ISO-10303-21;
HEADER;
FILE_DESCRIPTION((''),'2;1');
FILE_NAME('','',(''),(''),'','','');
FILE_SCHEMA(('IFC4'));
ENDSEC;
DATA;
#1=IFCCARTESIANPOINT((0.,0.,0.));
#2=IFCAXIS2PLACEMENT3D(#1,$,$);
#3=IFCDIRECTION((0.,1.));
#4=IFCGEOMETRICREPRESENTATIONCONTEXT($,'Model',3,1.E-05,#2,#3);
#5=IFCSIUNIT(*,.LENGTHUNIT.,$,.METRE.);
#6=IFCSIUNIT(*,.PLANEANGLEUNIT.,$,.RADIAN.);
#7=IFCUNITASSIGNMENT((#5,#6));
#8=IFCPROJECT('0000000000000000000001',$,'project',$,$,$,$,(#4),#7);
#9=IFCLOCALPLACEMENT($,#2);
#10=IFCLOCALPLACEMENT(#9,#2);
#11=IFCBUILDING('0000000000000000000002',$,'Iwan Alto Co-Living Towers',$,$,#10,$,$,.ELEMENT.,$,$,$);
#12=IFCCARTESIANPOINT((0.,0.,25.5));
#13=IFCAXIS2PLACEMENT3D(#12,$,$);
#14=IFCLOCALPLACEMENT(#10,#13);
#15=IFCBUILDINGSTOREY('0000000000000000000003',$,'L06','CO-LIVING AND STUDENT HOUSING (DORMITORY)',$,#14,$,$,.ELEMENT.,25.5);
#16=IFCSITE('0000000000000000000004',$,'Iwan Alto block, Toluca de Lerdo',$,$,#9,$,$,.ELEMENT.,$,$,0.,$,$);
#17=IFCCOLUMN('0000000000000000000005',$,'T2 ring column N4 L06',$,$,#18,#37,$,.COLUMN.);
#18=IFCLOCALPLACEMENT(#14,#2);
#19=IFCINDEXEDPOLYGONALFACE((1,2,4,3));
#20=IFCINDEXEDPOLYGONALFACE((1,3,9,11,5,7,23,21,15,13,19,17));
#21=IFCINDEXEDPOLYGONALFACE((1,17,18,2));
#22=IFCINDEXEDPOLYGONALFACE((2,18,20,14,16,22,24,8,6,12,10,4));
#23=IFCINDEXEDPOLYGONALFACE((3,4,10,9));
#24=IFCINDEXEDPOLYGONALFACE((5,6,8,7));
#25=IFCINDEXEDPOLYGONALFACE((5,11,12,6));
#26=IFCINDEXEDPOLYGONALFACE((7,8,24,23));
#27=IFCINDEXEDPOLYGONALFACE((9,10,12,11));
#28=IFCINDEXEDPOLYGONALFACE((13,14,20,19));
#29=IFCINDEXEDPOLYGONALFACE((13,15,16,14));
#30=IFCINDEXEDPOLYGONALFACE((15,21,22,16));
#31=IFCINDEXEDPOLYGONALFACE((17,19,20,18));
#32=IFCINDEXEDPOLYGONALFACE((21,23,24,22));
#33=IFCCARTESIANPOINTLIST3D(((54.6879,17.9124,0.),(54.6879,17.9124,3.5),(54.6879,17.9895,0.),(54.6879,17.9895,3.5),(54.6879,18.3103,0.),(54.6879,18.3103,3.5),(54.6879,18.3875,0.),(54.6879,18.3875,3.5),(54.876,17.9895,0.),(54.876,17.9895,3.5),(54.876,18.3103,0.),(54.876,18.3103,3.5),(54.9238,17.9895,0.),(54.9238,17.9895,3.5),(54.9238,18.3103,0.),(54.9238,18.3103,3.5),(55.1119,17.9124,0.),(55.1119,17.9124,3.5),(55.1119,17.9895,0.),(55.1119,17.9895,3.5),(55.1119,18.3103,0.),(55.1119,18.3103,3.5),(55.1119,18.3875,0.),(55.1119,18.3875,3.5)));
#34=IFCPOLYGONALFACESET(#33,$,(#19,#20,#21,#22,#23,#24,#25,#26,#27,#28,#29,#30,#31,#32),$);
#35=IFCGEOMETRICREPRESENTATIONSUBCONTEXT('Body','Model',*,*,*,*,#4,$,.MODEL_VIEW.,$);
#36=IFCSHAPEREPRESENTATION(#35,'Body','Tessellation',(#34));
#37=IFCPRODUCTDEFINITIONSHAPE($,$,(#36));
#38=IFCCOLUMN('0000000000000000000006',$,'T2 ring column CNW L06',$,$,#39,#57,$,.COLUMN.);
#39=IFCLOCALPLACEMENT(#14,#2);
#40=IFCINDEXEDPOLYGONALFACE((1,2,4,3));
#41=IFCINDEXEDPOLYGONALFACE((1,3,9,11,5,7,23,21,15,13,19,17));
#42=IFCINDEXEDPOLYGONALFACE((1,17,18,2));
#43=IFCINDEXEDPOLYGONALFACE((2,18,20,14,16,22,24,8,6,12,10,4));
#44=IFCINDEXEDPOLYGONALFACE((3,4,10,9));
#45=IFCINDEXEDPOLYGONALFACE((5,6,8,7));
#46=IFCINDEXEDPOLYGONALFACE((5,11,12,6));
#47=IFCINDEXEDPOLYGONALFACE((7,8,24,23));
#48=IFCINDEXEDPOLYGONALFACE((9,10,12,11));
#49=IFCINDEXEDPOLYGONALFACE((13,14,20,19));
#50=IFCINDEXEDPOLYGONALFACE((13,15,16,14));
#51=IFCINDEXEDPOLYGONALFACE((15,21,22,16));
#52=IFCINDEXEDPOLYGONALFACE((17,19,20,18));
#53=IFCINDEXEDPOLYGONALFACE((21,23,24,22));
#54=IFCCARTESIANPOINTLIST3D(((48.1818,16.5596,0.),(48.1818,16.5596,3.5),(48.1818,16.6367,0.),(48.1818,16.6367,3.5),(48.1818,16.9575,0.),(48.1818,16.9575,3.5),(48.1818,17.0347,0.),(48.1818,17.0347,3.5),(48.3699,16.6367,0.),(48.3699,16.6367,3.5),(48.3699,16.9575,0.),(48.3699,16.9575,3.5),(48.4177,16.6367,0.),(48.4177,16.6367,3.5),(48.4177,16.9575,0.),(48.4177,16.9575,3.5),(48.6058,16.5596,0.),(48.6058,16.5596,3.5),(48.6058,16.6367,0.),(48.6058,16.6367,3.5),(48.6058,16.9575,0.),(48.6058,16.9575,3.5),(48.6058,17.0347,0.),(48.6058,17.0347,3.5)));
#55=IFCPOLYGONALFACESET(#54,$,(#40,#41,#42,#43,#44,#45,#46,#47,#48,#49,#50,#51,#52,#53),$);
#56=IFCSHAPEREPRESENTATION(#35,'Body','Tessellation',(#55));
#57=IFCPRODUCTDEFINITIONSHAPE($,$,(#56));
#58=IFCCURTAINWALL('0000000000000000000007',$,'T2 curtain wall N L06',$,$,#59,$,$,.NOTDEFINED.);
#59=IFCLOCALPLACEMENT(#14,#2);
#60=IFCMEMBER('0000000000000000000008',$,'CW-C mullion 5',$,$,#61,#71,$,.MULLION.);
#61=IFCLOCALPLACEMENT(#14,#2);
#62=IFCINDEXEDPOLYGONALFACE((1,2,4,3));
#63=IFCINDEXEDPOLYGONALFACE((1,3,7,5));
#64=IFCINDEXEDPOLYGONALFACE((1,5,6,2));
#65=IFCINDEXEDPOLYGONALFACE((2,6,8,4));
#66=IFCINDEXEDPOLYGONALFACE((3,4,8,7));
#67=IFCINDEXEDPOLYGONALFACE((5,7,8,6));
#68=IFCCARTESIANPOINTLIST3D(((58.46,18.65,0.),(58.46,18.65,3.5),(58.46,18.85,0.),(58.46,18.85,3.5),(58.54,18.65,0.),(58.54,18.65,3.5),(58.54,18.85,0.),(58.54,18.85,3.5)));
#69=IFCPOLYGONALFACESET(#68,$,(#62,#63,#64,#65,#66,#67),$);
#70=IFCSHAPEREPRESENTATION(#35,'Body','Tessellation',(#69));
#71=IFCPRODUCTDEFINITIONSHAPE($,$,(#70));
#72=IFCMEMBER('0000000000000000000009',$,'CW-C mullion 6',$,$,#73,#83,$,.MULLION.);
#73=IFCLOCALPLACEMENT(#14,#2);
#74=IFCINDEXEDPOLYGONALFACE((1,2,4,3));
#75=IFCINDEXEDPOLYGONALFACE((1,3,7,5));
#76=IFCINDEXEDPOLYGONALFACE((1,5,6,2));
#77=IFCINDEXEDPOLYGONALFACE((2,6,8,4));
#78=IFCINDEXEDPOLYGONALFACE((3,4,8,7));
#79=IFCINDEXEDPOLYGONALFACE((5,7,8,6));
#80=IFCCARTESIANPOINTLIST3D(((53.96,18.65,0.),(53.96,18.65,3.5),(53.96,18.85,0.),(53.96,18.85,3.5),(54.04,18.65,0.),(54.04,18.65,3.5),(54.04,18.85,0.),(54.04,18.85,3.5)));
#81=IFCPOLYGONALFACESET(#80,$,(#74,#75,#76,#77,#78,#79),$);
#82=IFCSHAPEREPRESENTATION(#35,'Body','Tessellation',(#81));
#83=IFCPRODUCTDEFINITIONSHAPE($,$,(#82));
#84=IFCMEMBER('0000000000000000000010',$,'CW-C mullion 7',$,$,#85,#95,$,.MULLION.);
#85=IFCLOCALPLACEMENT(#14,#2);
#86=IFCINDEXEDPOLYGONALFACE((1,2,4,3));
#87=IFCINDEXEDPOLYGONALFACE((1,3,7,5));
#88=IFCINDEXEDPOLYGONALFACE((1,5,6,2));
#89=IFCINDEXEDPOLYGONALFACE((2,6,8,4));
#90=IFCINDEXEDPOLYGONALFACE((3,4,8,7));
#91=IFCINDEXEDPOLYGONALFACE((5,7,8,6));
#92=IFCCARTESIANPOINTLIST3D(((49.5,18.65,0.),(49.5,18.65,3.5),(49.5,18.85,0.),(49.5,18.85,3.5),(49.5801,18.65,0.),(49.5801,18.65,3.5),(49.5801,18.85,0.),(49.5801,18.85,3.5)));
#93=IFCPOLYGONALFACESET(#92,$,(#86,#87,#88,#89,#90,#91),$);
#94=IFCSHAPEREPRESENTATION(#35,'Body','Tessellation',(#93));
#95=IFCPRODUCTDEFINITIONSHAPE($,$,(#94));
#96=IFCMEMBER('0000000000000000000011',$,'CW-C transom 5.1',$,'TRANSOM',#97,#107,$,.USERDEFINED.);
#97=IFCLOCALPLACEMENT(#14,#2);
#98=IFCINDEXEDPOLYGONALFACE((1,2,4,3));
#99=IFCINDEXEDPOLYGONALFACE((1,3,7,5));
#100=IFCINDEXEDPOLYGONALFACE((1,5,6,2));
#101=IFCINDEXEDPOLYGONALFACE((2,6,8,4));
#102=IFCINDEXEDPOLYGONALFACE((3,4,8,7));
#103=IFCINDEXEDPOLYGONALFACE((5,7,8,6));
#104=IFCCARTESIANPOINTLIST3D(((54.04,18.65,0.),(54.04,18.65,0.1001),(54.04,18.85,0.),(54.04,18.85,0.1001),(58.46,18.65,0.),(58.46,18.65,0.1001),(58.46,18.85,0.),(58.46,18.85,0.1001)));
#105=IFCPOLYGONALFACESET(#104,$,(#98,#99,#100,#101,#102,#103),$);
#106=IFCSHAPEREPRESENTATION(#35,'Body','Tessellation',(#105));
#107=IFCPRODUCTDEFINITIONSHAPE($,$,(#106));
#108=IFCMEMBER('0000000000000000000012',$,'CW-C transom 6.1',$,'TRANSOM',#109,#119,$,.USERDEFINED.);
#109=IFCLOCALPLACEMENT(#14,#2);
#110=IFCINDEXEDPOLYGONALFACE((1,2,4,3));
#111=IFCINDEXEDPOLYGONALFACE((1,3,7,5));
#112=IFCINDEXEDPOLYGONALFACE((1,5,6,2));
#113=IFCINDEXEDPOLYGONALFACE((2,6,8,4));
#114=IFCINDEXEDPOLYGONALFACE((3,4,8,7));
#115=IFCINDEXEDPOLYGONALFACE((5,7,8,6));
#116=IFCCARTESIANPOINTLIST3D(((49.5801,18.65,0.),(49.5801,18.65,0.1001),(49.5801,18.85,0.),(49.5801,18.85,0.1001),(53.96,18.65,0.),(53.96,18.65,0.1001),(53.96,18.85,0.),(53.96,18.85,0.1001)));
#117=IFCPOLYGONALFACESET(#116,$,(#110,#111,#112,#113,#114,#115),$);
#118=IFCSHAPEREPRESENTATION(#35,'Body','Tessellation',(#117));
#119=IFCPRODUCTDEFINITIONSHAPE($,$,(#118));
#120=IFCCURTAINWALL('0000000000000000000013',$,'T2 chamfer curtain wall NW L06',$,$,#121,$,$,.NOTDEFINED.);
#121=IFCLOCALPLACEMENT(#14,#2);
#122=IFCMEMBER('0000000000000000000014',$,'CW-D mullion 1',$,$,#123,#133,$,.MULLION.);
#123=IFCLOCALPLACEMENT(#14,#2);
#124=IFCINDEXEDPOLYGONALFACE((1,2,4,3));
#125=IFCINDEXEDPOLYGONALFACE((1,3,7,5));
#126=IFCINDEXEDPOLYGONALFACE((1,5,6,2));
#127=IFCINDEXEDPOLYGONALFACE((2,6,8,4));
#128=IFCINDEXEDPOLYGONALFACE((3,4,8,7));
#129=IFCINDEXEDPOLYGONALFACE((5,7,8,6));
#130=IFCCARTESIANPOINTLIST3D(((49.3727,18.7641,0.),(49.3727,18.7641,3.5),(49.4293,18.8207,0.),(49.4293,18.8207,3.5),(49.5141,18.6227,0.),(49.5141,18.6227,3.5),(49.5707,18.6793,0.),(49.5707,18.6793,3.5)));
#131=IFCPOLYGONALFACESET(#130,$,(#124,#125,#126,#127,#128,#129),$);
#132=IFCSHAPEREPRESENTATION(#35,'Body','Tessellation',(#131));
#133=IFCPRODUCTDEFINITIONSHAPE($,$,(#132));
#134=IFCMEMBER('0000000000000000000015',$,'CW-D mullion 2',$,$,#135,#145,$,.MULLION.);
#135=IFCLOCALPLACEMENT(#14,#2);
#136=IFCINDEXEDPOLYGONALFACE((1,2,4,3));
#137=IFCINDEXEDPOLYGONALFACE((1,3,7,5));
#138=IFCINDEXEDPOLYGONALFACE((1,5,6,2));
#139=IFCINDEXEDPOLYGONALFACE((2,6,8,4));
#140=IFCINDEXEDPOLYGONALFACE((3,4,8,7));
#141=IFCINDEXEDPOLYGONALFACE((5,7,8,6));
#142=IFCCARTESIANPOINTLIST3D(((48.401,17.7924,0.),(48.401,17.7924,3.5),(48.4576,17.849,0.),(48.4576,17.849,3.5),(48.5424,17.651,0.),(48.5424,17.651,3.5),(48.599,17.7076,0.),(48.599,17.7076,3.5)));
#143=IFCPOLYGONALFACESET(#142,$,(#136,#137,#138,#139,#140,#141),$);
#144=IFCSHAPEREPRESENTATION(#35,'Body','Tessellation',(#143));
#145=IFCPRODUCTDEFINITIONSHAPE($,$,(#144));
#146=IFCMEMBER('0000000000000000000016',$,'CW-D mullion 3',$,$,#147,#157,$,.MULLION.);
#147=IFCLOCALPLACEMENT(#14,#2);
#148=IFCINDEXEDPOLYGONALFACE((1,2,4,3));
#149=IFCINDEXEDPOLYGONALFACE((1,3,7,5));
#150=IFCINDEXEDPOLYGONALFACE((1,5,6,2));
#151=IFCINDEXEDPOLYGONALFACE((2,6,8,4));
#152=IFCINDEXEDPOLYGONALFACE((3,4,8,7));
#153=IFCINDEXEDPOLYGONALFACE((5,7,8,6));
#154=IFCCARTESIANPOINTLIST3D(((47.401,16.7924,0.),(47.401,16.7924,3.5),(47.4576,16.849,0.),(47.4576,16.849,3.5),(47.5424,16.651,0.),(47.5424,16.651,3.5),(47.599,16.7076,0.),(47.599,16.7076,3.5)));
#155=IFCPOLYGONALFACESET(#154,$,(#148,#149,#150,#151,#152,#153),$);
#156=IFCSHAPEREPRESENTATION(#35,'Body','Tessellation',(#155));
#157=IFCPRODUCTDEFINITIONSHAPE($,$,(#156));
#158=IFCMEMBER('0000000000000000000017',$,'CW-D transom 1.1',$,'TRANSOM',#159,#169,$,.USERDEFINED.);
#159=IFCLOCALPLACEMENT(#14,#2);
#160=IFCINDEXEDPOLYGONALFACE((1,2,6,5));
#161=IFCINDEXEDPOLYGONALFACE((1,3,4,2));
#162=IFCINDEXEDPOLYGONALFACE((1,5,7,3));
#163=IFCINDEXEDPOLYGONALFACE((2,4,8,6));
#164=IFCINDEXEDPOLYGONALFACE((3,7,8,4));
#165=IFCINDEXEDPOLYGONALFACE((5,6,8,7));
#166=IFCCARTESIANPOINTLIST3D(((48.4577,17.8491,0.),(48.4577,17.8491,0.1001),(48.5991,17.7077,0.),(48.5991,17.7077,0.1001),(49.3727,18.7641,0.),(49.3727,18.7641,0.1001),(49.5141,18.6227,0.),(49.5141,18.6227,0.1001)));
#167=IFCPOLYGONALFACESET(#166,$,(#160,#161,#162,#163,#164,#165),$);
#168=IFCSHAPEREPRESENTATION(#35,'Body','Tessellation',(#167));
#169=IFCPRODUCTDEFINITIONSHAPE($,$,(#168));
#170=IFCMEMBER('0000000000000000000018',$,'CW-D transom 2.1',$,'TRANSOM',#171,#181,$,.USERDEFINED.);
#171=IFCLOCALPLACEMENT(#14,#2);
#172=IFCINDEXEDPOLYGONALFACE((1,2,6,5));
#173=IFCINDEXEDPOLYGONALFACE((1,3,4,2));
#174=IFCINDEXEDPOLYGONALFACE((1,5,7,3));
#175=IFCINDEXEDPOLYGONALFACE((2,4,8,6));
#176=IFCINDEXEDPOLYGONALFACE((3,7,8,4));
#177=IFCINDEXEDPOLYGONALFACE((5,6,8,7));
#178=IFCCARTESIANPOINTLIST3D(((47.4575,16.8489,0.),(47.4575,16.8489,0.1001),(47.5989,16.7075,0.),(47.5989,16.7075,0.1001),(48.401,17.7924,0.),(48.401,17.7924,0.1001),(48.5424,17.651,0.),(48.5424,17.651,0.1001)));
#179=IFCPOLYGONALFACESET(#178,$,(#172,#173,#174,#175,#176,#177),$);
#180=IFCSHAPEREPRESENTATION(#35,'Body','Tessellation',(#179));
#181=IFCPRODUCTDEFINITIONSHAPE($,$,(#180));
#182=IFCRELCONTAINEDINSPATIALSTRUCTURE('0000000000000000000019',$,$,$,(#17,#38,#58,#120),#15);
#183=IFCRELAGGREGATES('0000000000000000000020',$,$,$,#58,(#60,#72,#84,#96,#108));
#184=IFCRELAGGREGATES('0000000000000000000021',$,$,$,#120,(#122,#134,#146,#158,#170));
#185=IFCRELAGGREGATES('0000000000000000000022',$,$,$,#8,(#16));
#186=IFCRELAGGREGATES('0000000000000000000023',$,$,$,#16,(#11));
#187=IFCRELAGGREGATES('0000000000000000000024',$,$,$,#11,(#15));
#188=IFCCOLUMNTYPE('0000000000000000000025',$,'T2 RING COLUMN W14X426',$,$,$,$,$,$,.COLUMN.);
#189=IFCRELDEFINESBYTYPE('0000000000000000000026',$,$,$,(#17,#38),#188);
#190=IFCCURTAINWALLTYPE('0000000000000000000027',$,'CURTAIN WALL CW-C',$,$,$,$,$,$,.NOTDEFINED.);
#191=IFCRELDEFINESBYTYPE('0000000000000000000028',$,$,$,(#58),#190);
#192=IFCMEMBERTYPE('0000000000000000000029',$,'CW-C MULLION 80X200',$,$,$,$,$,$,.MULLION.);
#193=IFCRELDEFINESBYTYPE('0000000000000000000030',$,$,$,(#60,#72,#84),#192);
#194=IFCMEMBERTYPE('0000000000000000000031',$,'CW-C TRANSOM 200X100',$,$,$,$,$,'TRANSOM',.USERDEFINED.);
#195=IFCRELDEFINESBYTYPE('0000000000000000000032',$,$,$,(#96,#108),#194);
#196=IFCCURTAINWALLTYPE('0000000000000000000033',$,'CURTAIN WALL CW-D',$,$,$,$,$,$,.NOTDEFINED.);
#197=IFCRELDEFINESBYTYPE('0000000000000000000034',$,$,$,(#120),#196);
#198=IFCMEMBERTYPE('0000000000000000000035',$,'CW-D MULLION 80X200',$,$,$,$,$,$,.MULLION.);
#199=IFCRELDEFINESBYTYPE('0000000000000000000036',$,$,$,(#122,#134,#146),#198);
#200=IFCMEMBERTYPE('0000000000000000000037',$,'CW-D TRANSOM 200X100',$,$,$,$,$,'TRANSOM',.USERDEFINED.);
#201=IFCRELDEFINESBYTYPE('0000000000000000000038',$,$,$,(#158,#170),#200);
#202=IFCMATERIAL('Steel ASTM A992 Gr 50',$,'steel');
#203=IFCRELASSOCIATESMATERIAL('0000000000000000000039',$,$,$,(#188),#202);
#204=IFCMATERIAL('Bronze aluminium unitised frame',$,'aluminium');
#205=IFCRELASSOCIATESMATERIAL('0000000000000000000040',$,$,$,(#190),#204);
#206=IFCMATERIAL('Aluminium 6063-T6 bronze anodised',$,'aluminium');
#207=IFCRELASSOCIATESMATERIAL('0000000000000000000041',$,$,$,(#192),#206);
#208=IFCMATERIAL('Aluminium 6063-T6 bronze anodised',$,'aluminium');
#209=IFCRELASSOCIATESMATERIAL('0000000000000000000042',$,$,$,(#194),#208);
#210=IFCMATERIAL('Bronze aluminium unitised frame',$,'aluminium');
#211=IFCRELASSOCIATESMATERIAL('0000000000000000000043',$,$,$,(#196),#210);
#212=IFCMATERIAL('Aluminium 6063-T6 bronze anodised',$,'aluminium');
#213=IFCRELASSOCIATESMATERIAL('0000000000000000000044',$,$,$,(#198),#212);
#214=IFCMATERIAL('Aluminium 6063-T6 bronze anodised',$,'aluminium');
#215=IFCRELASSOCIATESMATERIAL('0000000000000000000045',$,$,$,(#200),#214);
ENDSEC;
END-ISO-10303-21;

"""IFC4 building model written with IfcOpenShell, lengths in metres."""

from ifc_helpers import new_model, si_unit, direction, frame, origin, origin_2d, place, context, subcontext, project, spatial, rectangle, i_section, extrude, material, material_profile, profile_set, type_object, element, aggregate, save


model = new_model("IFC4")

# Units and contexts
model_context = context("Model", 3, precision=1e-05, world=origin(), true_north=direction((0.0, 1.0)))
body_context = subcontext(model_context, "Body", "Model", "MODEL_VIEW")
ifc_project = project(units=[si_unit("LENGTHUNIT", "METRE"), si_unit("PLANEANGLEUNIT", "RADIAN")], contexts=[model_context])

# Site, building, storey
site_placement = place(None, origin())
site = spatial("IfcSite", under=ifc_project, at=site_placement, Name="Iwan Alto block, Toluca de Lerdo", CompositionType="ELEMENT", RefElevation=0.0)
building_placement = place(site_placement, origin())
building = spatial("IfcBuilding", under=site, at=building_placement, Name="Iwan Alto Co-Living Towers", CompositionType="ELEMENT")
storey_placement = place(building_placement, frame((0.0, 0.0, 25.5)))
storey = spatial("IfcBuildingStorey", under=building, at=storey_placement, Name="L06", Description="CO-LIVING AND STUDENT HOUSING (DORMITORY)", CompositionType="ELEMENT", Elevation=25.5)

# Columns
ifc_material_1 = material(Name="Steel ASTM A992 Gr 50", Category="steel")
ifc_material_profile_1 = material_profile(ifc_material_1, i_section(OverallWidth=0.4241, OverallDepth=0.4751, WebThickness=0.0479, FlangeThickness=0.0771, at=origin_2d()), Name="W14X426")
ifc_profile_set_1 = profile_set([ifc_material_profile_1], Name="Steel ASTM A992 Gr 50")
column_type = type_object("IfcColumnType", Name="T2 RING COLUMN W14X426", PredefinedType="COLUMN", material=ifc_profile_set_1)
for number, where, z_axis, x_axis, name in (
    (1, (54.8999, 18.1499, 0.0), (0.0, 0.0, 1.0), (1.0, 0.0, 0.0), "T2 ring column N4 L06"),
    (2, (48.3938, 16.7971, 0.0), (0.0, 0.0, 1.0), (1.0, 0.0, 0.0), "T2 ring column CNW L06"),
):
    element("IfcColumn", number, at=place(storey_placement, frame(where, z_axis=z_axis, x_axis=x_axis)), inside=storey, type_object=column_type, Name=name, PredefinedType="COLUMN", context=body_context, shape_type="SweptSolid", body=[
        extrude(i_section(OverallWidth=0.4241, OverallDepth=0.4751, WebThickness=0.0479, FlangeThickness=0.0771, at=origin_2d()), origin(), (0.0, 0.0, 1.0), 3.5),
    ])

# Curtain walls, members
ifc_material_2 = material(Name="Bronze aluminium unitised frame", Category="aluminium")
curtain_wall_type_1 = type_object("IfcCurtainWallType", Name="CURTAIN WALL CW-C", PredefinedType="NOTDEFINED", material=ifc_material_2)
curtain_wall_1_placement = place(storey_placement, origin())
curtain_wall_1 = element("IfcCurtainWall", 3, at=curtain_wall_1_placement, inside=storey, type_object=curtain_wall_type_1, Name="T2 curtain wall N L06", PredefinedType="NOTDEFINED")
ifc_material_3 = material(Name="Aluminium 6063-T6 bronze anodised", Category="aluminium")
ifc_material_profile_2 = material_profile(ifc_material_3, rectangle(XDim=0.2, YDim=0.0801, at=origin_2d()), Name="AL 80X200")
ifc_profile_set_2 = profile_set([ifc_material_profile_2], Name="Aluminium 6063-T6 bronze anodised")
member_type_1 = type_object("IfcMemberType", Name="CW-C MULLION 80X200", PredefinedType="MULLION", material=ifc_profile_set_2)
member_1_placement = place(storey_placement, frame((58.5, 18.75, 0.0), z_axis=(0.0, 0.0, 1.0), x_axis=(0.0, -1.0, 0.0)))
member_1 = element("IfcMember", 4, at=member_1_placement, type_object=member_type_1, Name="CW-C mullion 5", PredefinedType="MULLION", context=body_context, shape_type="SweptSolid", body=[
    extrude(rectangle(XDim=0.2, YDim=0.0801, at=origin_2d()), origin(), (0.0, 0.0, 1.0), 3.5),
])
member_2_placement = place(storey_placement, frame((54.0, 18.75, 0.0), z_axis=(0.0, 0.0, 1.0), x_axis=(0.0, -1.0, 0.0)))
member_2 = element("IfcMember", 5, at=member_2_placement, type_object=member_type_1, Name="CW-C mullion 6", PredefinedType="MULLION", context=body_context, shape_type="SweptSolid", body=[
    extrude(rectangle(XDim=0.2, YDim=0.0801, at=origin_2d()), origin(), (0.0, 0.0, 1.0), 3.5),
])
member_3_placement = place(storey_placement, frame((49.54, 18.75, 0.0), z_axis=(0.0, 0.0, 1.0), x_axis=(0.0, -1.0, 0.0)))
member_3 = element("IfcMember", 6, at=member_3_placement, type_object=member_type_1, Name="CW-C mullion 7", PredefinedType="MULLION", context=body_context, shape_type="SweptSolid", body=[
    extrude(rectangle(XDim=0.2, YDim=0.0801, at=origin_2d()), origin(), (0.0, 0.0, 1.0), 3.5),
])
ifc_material_4 = material(Name="Aluminium 6063-T6 bronze anodised", Category="aluminium")
ifc_material_profile_3 = material_profile(ifc_material_4, rectangle(XDim=0.2, YDim=0.1001, at=origin_2d()), Name="AL 200X100")
ifc_profile_set_3 = profile_set([ifc_material_profile_3], Name="Aluminium 6063-T6 bronze anodised")
member_type_2 = type_object("IfcMemberType", Name="CW-C TRANSOM 200X100", ElementType="TRANSOM", PredefinedType="USERDEFINED", material=ifc_profile_set_3)
member_4_placement = place(storey_placement, frame((58.46, 18.75, 0.05), z_axis=(-1.0, 0.0, 0.0), x_axis=(0.0, -1.0, 0.0)))
member_4 = element("IfcMember", 7, at=member_4_placement, type_object=member_type_2, Name="CW-C transom 5.1", ObjectType="TRANSOM", PredefinedType="USERDEFINED", context=body_context, shape_type="SweptSolid", body=[
    extrude(rectangle(XDim=0.2, YDim=0.1001, at=origin_2d()), origin(), (0.0, 0.0, 1.0), 4.4199),
])
member_5_placement = place(storey_placement, frame((53.96, 18.75, 0.05), z_axis=(-1.0, 0.0, 0.0), x_axis=(0.0, -1.0, 0.0)))
member_5 = element("IfcMember", 8, at=member_5_placement, type_object=member_type_2, Name="CW-C transom 6.1", ObjectType="TRANSOM", PredefinedType="USERDEFINED", context=body_context, shape_type="SweptSolid", body=[
    extrude(rectangle(XDim=0.2, YDim=0.1001, at=origin_2d()), origin(), (0.0, 0.0, 1.0), 4.3799),
])
ifc_material_5 = material(Name="Bronze aluminium unitised frame", Category="aluminium")
curtain_wall_type_2 = type_object("IfcCurtainWallType", Name="CURTAIN WALL CW-D", PredefinedType="NOTDEFINED", material=ifc_material_5)
curtain_wall_2_placement = place(storey_placement, origin())
curtain_wall_2 = element("IfcCurtainWall", 9, at=curtain_wall_2_placement, inside=storey, type_object=curtain_wall_type_2, Name="T2 chamfer curtain wall NW L06", PredefinedType="NOTDEFINED")
ifc_material_6 = material(Name="Aluminium 6063-T6 bronze anodised", Category="aluminium")
ifc_material_profile_4 = material_profile(ifc_material_6, rectangle(XDim=0.2, YDim=0.0801, at=origin_2d()), Name="AL 80X200")
ifc_profile_set_4 = profile_set([ifc_material_profile_4], Name="Aluminium 6063-T6 bronze anodised")
member_type_3 = type_object("IfcMemberType", Name="CW-D MULLION 80X200", PredefinedType="MULLION", material=ifc_profile_set_4)
member_6_placement = place(storey_placement, frame((49.4717, 18.7217, 0.0), z_axis=(0.0, 0.0, 1.0), x_axis=(0.707107, -0.707107, 0.0)))
member_6 = element("IfcMember", 10, at=member_6_placement, type_object=member_type_3, Name="CW-D mullion 1", PredefinedType="MULLION", context=body_context, shape_type="SweptSolid", body=[
    extrude(rectangle(XDim=0.2, YDim=0.0801, at=origin_2d()), origin(), (0.0, 0.0, 1.0), 3.5),
])
member_7_placement = place(storey_placement, frame((48.5, 17.75, 0.0), z_axis=(0.0, 0.0, 1.0), x_axis=(0.707107, -0.707107, 0.0)))
member_7 = element("IfcMember", 11, at=member_7_placement, type_object=member_type_3, Name="CW-D mullion 2", PredefinedType="MULLION", context=body_context, shape_type="SweptSolid", body=[
    extrude(rectangle(XDim=0.2, YDim=0.0801, at=origin_2d()), origin(), (0.0, 0.0, 1.0), 3.5),
])
member_8_placement = place(storey_placement, frame((47.5, 16.75, 0.0), z_axis=(0.0, 0.0, 1.0), x_axis=(0.707107, -0.707107, 0.0)))
member_8 = element("IfcMember", 12, at=member_8_placement, type_object=member_type_3, Name="CW-D mullion 3", PredefinedType="MULLION", context=body_context, shape_type="SweptSolid", body=[
    extrude(rectangle(XDim=0.2, YDim=0.0801, at=origin_2d()), origin(), (0.0, 0.0, 1.0), 3.5),
])
ifc_material_7 = material(Name="Aluminium 6063-T6 bronze anodised", Category="aluminium")
ifc_material_profile_5 = material_profile(ifc_material_7, rectangle(XDim=0.2, YDim=0.1001, at=origin_2d()), Name="AL 200X100")
ifc_profile_set_5 = profile_set([ifc_material_profile_5], Name="Aluminium 6063-T6 bronze anodised")
member_type_4 = type_object("IfcMemberType", Name="CW-D TRANSOM 200X100", ElementType="TRANSOM", PredefinedType="USERDEFINED", material=ifc_profile_set_5)
member_9_placement = place(storey_placement, frame((49.4434, 18.6934, 0.05), z_axis=(-0.707107, -0.707107, 0.0), x_axis=(0.707107, -0.707107, 0.0)))
member_9 = element("IfcMember", 13, at=member_9_placement, type_object=member_type_4, Name="CW-D transom 1.1", ObjectType="TRANSOM", PredefinedType="USERDEFINED", context=body_context, shape_type="SweptSolid", body=[
    extrude(rectangle(XDim=0.2, YDim=0.1001, at=origin_2d()), origin(), (0.0, 0.0, 1.0), 1.2939),
])
member_10_placement = place(storey_placement, frame((48.4717, 17.7217, 0.05), z_axis=(-0.707107, -0.707107, 0.0), x_axis=(0.707107, -0.707107, 0.0)))
member_10 = element("IfcMember", 14, at=member_10_placement, type_object=member_type_4, Name="CW-D transom 2.1", ObjectType="TRANSOM", PredefinedType="USERDEFINED", context=body_context, shape_type="SweptSolid", body=[
    extrude(rectangle(XDim=0.2, YDim=0.1001, at=origin_2d()), origin(), (0.0, 0.0, 1.0), 1.3342),
])

aggregate(curtain_wall_1, [member_1, member_2, member_3, member_4, member_5])
aggregate(curtain_wall_2, [member_6, member_7, member_8, member_9, member_10])

save(model, "model.ifc")
